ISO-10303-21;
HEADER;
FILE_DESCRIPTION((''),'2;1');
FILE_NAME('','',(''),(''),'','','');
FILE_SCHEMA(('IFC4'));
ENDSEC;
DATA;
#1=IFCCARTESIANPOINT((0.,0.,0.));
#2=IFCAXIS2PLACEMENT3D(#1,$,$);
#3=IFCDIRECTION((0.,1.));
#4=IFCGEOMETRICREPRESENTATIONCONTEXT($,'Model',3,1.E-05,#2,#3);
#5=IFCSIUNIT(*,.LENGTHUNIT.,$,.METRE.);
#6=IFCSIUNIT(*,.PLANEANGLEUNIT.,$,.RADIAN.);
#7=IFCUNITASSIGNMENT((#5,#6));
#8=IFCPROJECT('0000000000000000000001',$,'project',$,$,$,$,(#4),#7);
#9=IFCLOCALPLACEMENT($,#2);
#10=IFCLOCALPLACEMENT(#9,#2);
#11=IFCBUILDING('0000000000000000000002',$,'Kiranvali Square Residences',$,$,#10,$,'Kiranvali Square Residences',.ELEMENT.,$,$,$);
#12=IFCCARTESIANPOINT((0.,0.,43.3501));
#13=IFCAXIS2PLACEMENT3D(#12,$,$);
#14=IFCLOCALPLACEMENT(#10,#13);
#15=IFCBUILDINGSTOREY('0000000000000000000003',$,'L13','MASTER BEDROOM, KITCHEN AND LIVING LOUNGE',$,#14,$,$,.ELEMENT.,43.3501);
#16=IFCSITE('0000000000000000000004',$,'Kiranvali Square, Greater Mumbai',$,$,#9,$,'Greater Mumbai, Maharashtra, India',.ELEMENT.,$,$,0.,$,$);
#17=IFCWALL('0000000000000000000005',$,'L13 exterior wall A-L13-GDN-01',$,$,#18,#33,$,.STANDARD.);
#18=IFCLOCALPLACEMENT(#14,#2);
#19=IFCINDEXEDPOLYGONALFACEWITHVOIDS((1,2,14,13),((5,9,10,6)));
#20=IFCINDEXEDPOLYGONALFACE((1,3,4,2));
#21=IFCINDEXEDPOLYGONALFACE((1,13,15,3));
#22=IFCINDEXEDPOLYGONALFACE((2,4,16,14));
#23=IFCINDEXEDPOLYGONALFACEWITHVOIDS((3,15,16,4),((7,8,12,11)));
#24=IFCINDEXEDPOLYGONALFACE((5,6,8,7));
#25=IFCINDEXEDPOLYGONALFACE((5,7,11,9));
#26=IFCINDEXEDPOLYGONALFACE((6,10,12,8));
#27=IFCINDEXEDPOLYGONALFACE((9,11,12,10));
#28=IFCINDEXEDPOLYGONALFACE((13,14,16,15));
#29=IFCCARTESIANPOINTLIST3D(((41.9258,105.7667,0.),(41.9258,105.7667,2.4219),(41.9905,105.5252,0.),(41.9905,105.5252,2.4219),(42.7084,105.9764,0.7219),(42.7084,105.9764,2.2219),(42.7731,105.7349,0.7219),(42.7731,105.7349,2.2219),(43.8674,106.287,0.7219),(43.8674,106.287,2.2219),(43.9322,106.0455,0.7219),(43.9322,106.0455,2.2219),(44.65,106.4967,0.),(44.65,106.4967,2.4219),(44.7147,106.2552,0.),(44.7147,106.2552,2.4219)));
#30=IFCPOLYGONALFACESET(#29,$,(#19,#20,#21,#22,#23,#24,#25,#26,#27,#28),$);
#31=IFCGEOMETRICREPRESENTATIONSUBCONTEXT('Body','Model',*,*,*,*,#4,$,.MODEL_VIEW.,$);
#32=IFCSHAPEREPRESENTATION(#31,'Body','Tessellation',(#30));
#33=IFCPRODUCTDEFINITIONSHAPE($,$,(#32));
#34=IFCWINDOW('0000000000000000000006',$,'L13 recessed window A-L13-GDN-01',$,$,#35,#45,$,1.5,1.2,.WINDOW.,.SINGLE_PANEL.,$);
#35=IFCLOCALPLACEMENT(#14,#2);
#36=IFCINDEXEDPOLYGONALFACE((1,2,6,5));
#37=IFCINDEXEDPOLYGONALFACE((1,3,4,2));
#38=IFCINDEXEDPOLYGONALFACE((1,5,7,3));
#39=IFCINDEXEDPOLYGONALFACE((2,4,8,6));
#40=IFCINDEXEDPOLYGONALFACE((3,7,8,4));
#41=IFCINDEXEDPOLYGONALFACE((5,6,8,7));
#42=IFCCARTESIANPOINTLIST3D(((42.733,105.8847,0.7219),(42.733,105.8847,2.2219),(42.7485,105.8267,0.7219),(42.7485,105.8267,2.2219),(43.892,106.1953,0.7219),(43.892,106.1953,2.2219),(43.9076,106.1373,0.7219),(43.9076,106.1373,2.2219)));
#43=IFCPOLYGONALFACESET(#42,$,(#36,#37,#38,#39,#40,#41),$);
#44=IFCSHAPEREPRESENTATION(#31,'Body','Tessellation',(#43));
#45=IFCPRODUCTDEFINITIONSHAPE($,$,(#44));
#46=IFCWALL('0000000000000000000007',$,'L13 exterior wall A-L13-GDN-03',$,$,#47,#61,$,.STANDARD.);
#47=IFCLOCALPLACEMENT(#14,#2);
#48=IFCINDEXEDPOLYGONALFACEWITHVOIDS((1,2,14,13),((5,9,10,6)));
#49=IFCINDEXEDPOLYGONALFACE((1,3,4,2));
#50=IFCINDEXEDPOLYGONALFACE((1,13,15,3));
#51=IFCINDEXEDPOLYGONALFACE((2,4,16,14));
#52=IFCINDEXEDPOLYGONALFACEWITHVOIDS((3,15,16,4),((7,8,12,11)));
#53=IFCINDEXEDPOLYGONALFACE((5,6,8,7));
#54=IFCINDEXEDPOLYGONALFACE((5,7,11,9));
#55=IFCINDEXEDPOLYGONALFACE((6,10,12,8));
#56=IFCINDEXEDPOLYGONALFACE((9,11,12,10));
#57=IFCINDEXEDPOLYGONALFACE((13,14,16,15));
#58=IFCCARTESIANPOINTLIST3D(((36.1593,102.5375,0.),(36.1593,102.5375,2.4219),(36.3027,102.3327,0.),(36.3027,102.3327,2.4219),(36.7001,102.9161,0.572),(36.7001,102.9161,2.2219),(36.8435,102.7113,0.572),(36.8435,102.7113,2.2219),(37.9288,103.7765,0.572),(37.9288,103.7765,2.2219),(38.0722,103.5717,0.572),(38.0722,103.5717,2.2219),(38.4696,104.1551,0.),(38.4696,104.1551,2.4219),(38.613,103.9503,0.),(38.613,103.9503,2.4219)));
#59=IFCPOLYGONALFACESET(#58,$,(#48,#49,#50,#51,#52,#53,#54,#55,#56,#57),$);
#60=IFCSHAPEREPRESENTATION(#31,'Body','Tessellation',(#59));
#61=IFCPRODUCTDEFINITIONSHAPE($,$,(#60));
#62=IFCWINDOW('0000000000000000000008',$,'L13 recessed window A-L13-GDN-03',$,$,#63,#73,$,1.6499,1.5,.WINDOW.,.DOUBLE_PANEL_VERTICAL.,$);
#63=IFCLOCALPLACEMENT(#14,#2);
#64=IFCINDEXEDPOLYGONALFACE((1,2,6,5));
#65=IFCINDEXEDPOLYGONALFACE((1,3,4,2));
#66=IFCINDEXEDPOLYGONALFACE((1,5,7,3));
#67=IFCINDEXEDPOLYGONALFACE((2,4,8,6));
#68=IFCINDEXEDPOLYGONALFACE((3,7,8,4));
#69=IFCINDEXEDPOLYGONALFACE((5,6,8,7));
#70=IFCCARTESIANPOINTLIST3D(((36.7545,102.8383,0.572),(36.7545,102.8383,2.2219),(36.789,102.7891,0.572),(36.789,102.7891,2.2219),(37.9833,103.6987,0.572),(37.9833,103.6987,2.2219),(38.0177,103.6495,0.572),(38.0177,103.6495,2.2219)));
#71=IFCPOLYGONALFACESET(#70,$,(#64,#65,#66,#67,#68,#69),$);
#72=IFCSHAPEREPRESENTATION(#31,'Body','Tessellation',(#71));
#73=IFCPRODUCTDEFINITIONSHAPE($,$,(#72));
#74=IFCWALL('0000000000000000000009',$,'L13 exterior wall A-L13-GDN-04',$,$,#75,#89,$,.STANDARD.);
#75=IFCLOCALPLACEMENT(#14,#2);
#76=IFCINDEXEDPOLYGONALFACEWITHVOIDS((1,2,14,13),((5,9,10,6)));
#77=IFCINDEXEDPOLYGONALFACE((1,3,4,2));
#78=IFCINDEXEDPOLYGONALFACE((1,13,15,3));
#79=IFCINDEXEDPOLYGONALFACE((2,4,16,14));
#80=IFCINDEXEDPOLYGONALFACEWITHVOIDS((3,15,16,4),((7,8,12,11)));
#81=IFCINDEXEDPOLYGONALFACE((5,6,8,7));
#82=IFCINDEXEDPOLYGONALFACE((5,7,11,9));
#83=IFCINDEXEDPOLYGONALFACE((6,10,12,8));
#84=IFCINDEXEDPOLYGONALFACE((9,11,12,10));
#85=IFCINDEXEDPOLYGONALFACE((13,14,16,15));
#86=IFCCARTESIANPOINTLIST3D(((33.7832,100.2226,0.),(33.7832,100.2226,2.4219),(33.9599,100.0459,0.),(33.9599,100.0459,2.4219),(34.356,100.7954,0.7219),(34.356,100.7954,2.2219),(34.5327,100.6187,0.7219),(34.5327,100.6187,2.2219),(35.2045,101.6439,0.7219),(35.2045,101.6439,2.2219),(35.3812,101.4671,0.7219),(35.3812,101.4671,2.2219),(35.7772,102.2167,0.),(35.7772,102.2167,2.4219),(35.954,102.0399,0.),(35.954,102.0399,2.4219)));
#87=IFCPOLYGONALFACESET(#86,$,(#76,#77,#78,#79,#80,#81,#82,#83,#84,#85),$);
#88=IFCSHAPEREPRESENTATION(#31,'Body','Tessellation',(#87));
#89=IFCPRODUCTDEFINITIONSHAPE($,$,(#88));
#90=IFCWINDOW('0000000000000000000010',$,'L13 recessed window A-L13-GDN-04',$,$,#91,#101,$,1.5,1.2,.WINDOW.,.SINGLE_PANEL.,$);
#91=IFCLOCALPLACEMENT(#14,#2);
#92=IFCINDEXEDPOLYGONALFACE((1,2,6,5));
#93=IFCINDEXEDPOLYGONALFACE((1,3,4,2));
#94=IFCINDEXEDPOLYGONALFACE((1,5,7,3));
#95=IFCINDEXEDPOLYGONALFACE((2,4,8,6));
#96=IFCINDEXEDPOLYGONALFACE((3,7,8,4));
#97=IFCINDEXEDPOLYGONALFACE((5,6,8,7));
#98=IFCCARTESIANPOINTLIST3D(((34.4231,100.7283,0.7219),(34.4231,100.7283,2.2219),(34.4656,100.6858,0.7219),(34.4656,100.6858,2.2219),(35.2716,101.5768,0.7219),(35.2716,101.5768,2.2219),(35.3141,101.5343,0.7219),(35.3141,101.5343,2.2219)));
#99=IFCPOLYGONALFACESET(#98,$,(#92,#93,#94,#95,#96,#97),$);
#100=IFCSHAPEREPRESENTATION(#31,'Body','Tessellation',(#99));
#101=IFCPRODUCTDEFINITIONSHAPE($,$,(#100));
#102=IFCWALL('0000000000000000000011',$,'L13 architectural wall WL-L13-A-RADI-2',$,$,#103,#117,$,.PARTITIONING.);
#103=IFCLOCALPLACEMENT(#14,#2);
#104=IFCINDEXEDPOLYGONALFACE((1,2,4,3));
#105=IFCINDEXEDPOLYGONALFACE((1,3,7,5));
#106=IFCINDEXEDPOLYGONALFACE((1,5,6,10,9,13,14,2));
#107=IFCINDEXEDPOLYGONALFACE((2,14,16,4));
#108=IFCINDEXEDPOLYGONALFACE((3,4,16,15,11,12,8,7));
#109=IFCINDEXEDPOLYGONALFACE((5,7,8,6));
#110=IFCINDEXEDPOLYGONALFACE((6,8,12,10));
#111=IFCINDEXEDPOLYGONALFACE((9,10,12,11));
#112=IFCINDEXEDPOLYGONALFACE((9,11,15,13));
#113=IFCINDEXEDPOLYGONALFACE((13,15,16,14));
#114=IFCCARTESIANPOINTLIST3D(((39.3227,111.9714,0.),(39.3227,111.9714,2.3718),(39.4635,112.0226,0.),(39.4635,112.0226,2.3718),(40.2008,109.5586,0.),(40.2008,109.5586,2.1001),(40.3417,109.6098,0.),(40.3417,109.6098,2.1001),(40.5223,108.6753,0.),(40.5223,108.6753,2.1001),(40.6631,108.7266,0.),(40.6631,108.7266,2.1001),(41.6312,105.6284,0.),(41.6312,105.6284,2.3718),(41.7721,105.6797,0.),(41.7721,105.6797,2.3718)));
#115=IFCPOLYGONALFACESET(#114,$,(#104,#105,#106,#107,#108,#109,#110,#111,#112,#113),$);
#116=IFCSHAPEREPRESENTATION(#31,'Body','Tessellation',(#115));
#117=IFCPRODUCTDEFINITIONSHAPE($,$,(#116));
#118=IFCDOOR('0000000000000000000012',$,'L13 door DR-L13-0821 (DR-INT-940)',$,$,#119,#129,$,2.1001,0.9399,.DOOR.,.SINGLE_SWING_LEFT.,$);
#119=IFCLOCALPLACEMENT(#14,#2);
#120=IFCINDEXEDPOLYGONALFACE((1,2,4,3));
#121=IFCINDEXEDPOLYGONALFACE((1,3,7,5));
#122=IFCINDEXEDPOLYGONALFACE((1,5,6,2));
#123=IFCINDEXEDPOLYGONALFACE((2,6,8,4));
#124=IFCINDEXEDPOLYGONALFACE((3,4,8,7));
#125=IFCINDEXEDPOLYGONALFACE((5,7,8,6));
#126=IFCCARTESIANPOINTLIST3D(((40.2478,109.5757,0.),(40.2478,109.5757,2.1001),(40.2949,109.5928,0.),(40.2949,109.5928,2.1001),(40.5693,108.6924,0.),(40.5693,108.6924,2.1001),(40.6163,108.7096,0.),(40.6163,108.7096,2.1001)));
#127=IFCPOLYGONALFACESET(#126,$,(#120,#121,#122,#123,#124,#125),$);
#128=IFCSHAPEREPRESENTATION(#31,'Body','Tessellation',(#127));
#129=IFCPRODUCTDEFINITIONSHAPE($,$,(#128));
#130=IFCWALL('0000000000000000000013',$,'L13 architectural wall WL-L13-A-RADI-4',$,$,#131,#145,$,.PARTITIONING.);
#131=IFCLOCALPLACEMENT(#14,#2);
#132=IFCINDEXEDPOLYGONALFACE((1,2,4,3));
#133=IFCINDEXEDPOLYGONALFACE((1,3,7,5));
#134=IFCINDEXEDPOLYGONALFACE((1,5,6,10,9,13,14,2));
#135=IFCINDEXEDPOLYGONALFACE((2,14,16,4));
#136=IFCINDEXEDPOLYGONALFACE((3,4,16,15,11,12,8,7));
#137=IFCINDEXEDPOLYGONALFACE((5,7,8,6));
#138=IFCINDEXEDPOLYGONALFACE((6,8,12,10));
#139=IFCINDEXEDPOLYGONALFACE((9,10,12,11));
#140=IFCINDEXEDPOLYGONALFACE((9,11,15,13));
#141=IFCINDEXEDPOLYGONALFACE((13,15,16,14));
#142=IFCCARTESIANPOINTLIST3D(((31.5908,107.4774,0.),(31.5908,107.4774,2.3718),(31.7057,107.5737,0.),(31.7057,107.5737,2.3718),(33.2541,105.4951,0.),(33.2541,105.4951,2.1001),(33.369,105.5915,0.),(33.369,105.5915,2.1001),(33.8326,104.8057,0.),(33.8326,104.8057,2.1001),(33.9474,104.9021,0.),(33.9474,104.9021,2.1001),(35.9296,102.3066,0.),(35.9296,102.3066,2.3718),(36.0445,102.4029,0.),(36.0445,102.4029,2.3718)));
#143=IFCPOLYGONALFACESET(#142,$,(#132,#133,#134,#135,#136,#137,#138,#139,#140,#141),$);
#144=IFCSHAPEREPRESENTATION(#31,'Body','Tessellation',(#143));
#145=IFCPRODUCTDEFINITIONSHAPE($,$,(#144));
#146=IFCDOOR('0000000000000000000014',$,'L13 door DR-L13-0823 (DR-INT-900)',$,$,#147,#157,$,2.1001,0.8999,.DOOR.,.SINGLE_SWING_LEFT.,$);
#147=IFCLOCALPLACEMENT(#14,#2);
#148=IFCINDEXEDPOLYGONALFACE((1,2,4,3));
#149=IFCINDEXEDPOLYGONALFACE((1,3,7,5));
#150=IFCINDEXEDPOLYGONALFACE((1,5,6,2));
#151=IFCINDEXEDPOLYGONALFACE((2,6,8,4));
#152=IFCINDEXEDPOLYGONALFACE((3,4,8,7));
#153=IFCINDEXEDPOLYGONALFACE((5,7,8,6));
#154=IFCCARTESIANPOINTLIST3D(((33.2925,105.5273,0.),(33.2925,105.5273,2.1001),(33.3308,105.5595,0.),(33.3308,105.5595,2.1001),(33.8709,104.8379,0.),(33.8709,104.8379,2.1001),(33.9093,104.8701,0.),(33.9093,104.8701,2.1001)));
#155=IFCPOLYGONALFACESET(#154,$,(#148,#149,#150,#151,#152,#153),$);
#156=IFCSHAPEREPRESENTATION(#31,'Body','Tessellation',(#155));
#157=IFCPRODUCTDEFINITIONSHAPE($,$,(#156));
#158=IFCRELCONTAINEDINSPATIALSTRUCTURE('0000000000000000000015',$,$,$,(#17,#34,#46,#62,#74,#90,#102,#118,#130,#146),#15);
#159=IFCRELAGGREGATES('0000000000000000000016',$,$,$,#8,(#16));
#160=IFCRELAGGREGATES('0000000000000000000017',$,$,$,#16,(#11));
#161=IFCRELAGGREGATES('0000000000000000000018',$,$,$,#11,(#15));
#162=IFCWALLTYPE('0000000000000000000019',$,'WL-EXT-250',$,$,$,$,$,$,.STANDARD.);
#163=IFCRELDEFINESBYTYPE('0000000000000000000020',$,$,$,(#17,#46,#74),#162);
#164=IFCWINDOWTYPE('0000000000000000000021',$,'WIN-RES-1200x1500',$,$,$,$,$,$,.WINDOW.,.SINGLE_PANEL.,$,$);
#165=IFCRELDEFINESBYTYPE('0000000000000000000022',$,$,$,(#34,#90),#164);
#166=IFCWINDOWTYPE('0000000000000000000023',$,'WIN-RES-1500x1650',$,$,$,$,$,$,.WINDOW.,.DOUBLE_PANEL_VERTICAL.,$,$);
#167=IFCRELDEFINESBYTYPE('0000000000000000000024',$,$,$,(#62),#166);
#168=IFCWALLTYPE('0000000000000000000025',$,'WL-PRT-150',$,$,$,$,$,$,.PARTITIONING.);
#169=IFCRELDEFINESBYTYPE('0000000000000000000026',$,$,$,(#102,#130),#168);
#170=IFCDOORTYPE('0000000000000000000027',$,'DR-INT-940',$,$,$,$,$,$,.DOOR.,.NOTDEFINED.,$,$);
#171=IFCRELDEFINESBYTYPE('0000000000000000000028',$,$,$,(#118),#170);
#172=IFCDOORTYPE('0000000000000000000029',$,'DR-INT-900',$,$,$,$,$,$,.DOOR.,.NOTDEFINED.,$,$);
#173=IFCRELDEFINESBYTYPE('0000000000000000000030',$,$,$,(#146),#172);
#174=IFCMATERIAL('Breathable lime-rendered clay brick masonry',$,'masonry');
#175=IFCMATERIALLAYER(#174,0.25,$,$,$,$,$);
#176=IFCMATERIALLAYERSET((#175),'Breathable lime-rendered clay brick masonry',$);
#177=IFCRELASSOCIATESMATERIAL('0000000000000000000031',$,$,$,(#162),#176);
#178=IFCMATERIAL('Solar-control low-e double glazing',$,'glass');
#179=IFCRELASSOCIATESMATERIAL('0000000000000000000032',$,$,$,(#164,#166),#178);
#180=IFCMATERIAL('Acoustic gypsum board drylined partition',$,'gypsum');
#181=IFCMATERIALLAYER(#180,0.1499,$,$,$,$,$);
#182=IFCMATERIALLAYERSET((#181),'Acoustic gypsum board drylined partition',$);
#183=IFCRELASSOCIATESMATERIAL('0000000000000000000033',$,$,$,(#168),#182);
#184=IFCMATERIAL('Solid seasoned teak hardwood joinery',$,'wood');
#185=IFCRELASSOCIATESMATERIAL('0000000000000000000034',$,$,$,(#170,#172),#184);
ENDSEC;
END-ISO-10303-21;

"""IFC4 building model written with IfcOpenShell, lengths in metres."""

from ifc_helpers import new_model, si_unit, direction, frame, frame_2d, origin, place, context, subcontext, project, spatial, rectangle, extrude, material, layer, layer_set, type_object, element, fill, save


model = new_model("IFC4")

# Units and contexts
model_context = context("Model", 3, precision=1e-05, world=origin(), true_north=direction((0.0, 1.0)))
body_context = subcontext(model_context, "Body", "Model", "MODEL_VIEW")
ifc_project = project(units=[si_unit("LENGTHUNIT", "METRE"), si_unit("PLANEANGLEUNIT", "RADIAN")], contexts=[model_context])

# Site, building, storey
site_placement = place(None, origin())
site = spatial("IfcSite", under=ifc_project, at=site_placement, Name="Kiranvali Square, Greater Mumbai", LongName="Greater Mumbai, Maharashtra, India", CompositionType="ELEMENT", RefElevation=0.0)
building_placement = place(site_placement, origin())
building = spatial("IfcBuilding", under=site, at=building_placement, Name="Kiranvali Square Residences", LongName="Kiranvali Square Residences", CompositionType="ELEMENT")
storey_placement = place(building_placement, frame((0.0, 0.0, 43.3501)))
storey = spatial("IfcBuildingStorey", under=building, at=storey_placement, Name="L13", Description="MASTER BEDROOM, KITCHEN AND LIVING LOUNGE", CompositionType="ELEMENT", Elevation=43.3501)

# Wall, opening, window
ifc_material_1 = material(Name="Breathable lime-rendered clay brick masonry", Category="masonry")
ifc_layer_1 = layer(ifc_material_1, 0.25)
ifc_layer_set_1 = layer_set([ifc_layer_1], Name="Breathable lime-rendered clay brick masonry")
wall_type_1 = type_object("IfcWallType", Name="WL-EXT-250", PredefinedType="STANDARD", material=ifc_layer_set_1)
wall_1_placement = place(storey_placement, frame((44.6824, 106.376, 0.0), z_axis=(0.0, 0.0, 1.0), x_axis=(-0.965921, -0.258837, 0.0)))
wall_1 = element("IfcWall", 1, at=wall_1_placement, inside=storey, type_object=wall_type_1, Name="L13 exterior wall A-L13-GDN-01", PredefinedType="STANDARD", context=body_context, shape_type="SweptSolid", body=[
    extrude(rectangle(XDim=2.8203, YDim=0.25, at=frame_2d((1.4102, 0.0))), origin(), (0.0, 0.0, 1.0), 2.4219),
])
opening_1_placement = place(wall_1_placement, frame((0.8101, 0.0, 0.7219)))
opening_1 = element("IfcOpeningElement", 2, at=opening_1_placement, cuts=wall_1, PredefinedType="OPENING", context=body_context, shape_type="SweptSolid", body=[
    extrude(rectangle(XDim=1.2, YDim=1.5, at=frame_2d((0.6001, 0.75))), frame((0.0, 0.135, 0.0), z_axis=(0.0, -1.0, 0.0), x_axis=(1.0, 0.0, 0.0)), (0.0, 0.0, 1.0), 0.27),
])
ifc_material_2 = material(Name="Solar-control low-e double glazing", Category="glass")
window_type_1 = type_object("IfcWindowType", Name="WIN-RES-1200x1500", PartitioningType="SINGLE_PANEL", PredefinedType="WINDOW", material=ifc_material_2)
window_1_placement = place(opening_1_placement, origin())
window_1 = element("IfcWindow", 3, at=window_1_placement, inside=storey, type_object=window_type_1, Name="L13 recessed window A-L13-GDN-01", OverallHeight=1.5, OverallWidth=1.2, PartitioningType="SINGLE_PANEL", PredefinedType="WINDOW", context=body_context, shape_type="SweptSolid", body=[
    extrude(rectangle(XDim=1.2, YDim=1.5, at=frame_2d((0.6001, 0.75))), frame((0.0, 0.03, 0.0), z_axis=(0.0, -1.0, 0.0), x_axis=(1.0, 0.0, 0.0)), (0.0, 0.0, 1.0), 0.0601),
])
fill(opening_1, window_1)

# Walls, openings, windows
wall_2_placement = place(storey_placement, frame((38.5413, 104.0527, 0.0), z_axis=(0.0, 0.0, 1.0), x_axis=(-0.819155, -0.573573, 0.0)))
wall_2 = element("IfcWall", 4, at=wall_2_placement, inside=storey, type_object=wall_type_1, Name="L13 exterior wall A-L13-GDN-03", PredefinedType="STANDARD", context=body_context, shape_type="SweptSolid", body=[
    extrude(rectangle(XDim=2.8203, YDim=0.25, at=frame_2d((1.4102, 0.0))), origin(), (0.0, 0.0, 1.0), 2.4219),
])
opening_2_placement = place(wall_2_placement, frame((0.6602, 0.0, 0.572)))
opening_2 = element("IfcOpeningElement", 5, at=opening_2_placement, cuts=wall_2, PredefinedType="OPENING", context=body_context, shape_type="SweptSolid", body=[
    extrude(rectangle(XDim=1.5, YDim=1.6499, at=frame_2d((0.75, 0.825))), frame((0.0, 0.135, 0.0), z_axis=(0.0, -1.0, 0.0), x_axis=(1.0, 0.0, 0.0)), (0.0, 0.0, 1.0), 0.27),
])
window_type_2 = type_object("IfcWindowType", Name="WIN-RES-1500x1650", PartitioningType="DOUBLE_PANEL_VERTICAL", PredefinedType="WINDOW", material=ifc_material_2)
window_2_placement = place(opening_2_placement, origin())
window_2 = element("IfcWindow", 6, at=window_2_placement, inside=storey, type_object=window_type_2, Name="L13 recessed window A-L13-GDN-03", OverallHeight=1.6499, OverallWidth=1.5, PartitioningType="DOUBLE_PANEL_VERTICAL", PredefinedType="WINDOW", context=body_context, shape_type="SweptSolid", body=[
    extrude(rectangle(XDim=1.5, YDim=1.6499, at=frame_2d((0.75, 0.825))), frame((0.0, 0.03, 0.0), z_axis=(0.0, -1.0, 0.0), x_axis=(1.0, 0.0, 0.0)), (0.0, 0.0, 1.0), 0.0601),
])
fill(opening_2, window_2)
wall_3_placement = place(storey_placement, frame((35.8657, 102.1284, 0.0), z_axis=(0.0, 0.0, 1.0), x_axis=(-0.707107, -0.707107, 0.0)))
wall_3 = element("IfcWall", 7, at=wall_3_placement, inside=storey, type_object=wall_type_1, Name="L13 exterior wall A-L13-GDN-04", PredefinedType="STANDARD", context=body_context, shape_type="SweptSolid", body=[
    extrude(rectangle(XDim=2.8201, YDim=0.25, at=frame_2d((1.4102, 0.0))), origin(), (0.0, 0.0, 1.0), 2.4219),
])
opening_3_placement = place(wall_3_placement, frame((0.8101, 0.0, 0.7219)))
opening_3 = element("IfcOpeningElement", 8, at=opening_3_placement, cuts=wall_3, PredefinedType="OPENING", context=body_context, shape_type="SweptSolid", body=[
    extrude(rectangle(XDim=1.2, YDim=1.5, at=frame_2d((0.6001, 0.75))), frame((0.0, 0.135, 0.0), z_axis=(0.0, -1.0, 0.0), x_axis=(1.0, 0.0, 0.0)), (0.0, 0.0, 1.0), 0.27),
])
window_3_placement = place(opening_3_placement, origin())
window_3 = element("IfcWindow", 9, at=window_3_placement, inside=storey, type_object=window_type_1, Name="L13 recessed window A-L13-GDN-04", OverallHeight=1.5, OverallWidth=1.2, PartitioningType="SINGLE_PANEL", PredefinedType="WINDOW", context=body_context, shape_type="SweptSolid", body=[
    extrude(rectangle(XDim=1.2, YDim=1.5, at=frame_2d((0.6001, 0.75))), frame((0.0, 0.03, 0.0), z_axis=(0.0, -1.0, 0.0), x_axis=(1.0, 0.0, 0.0)), (0.0, 0.0, 1.0), 0.0601),
])
fill(opening_3, window_3)

# Walls, openings, doors
ifc_material_3 = material(Name="Acoustic gypsum board drylined partition", Category="gypsum")
ifc_layer_2 = layer(ifc_material_3, 0.1499)
ifc_layer_set_2 = layer_set([ifc_layer_2], Name="Acoustic gypsum board drylined partition")
wall_type_2 = type_object("IfcWallType", Name="WL-PRT-150", PredefinedType="PARTITIONING", material=ifc_layer_set_2)
wall_4_placement = place(storey_placement, frame((41.7017, 105.6541, 0.0), z_axis=(0.0, 0.0, 1.0), x_axis=(-0.34201, 0.939696, 0.0)))
wall_4 = element("IfcWall", 10, at=wall_4_placement, inside=storey, type_object=wall_type_2, Name="L13 architectural wall WL-L13-A-RADI-2", PredefinedType="PARTITIONING", context=body_context, shape_type="SweptSolid", body=[
    extrude(rectangle(XDim=6.75, YDim=0.1499, at=frame_2d((3.375, 0.0))), origin(), (0.0, 0.0, 1.0), 2.3718),
])
opening_4_placement = place(wall_4_placement, frame((3.2424, 0.0, 0.0)))
opening_4 = element("IfcOpeningElement", 11, at=opening_4_placement, cuts=wall_4, PredefinedType="OPENING", context=body_context, shape_type="SweptSolid", body=[
    extrude(rectangle(XDim=0.9399, YDim=2.1001, at=frame_2d((0.47, 1.05))), frame((0.0, 0.085, 0.0), z_axis=(0.0, -1.0, 0.0), x_axis=(1.0, 0.0, 0.0)), (0.0, 0.0, 1.0), 0.1699),
])
ifc_material_4 = material(Name="Solid seasoned teak hardwood joinery", Category="wood")
door_type_1 = type_object("IfcDoorType", Name="DR-INT-940", OperationType="NOTDEFINED", PredefinedType="DOOR", material=ifc_material_4)
door_1_placement = place(opening_4_placement, origin())
door_1 = element("IfcDoor", 12, at=door_1_placement, inside=storey, type_object=door_type_1, Name="L13 door DR-L13-0821 (DR-INT-940)", OperationType="SINGLE_SWING_LEFT", OverallHeight=2.1001, OverallWidth=0.9399, PredefinedType="DOOR", context=body_context, shape_type="SweptSolid", body=[
    extrude(rectangle(XDim=0.9399, YDim=2.1001, at=frame_2d((0.47, 1.05))), frame((0.0, 0.0249, 0.0), z_axis=(0.0, -1.0, 0.0), x_axis=(1.0, 0.0, 0.0)), (0.0, 0.0, 1.0), 0.05),
])
fill(opening_4, door_1)
wall_5_placement = place(storey_placement, frame((35.9871, 102.3547, 0.0), z_axis=(0.0, 0.0, 1.0), x_axis=(-0.642785, 0.766047, 0.0)))
wall_5 = element("IfcWall", 13, at=wall_5_placement, inside=storey, type_object=wall_type_2, Name="L13 architectural wall WL-L13-A-RADI-4", PredefinedType="PARTITIONING", context=body_context, shape_type="SweptSolid", body=[
    extrude(rectangle(XDim=6.75, YDim=0.1499, at=frame_2d((3.375, 0.0))), origin(), (0.0, 0.0, 1.0), 2.3718),
])
opening_5_placement = place(wall_5_placement, frame((3.2625, 0.0, 0.0)))
opening_5 = element("IfcOpeningElement", 14, at=opening_5_placement, cuts=wall_5, PredefinedType="OPENING", context=body_context, shape_type="SweptSolid", body=[
    extrude(rectangle(XDim=0.8999, YDim=2.1001, at=frame_2d((0.45, 1.05))), frame((0.0, 0.085, 0.0), z_axis=(0.0, -1.0, 0.0), x_axis=(1.0, 0.0, 0.0)), (0.0, 0.0, 1.0), 0.1699),
])
door_type_2 = type_object("IfcDoorType", Name="DR-INT-900", OperationType="NOTDEFINED", PredefinedType="DOOR", material=ifc_material_4)
door_2_placement = place(opening_5_placement, origin())
door_2 = element("IfcDoor", 15, at=door_2_placement, inside=storey, type_object=door_type_2, Name="L13 door DR-L13-0823 (DR-INT-900)", OperationType="SINGLE_SWING_LEFT", OverallHeight=2.1001, OverallWidth=0.8999, PredefinedType="DOOR", context=body_context, shape_type="SweptSolid", body=[
    extrude(rectangle(XDim=0.8999, YDim=2.1001, at=frame_2d((0.45, 1.05))), frame((0.0, 0.0249, 0.0), z_axis=(0.0, -1.0, 0.0), x_axis=(1.0, 0.0, 0.0)), (0.0, 0.0, 1.0), 0.05),
])
fill(opening_5, door_2)

save(model, "model.ifc")
